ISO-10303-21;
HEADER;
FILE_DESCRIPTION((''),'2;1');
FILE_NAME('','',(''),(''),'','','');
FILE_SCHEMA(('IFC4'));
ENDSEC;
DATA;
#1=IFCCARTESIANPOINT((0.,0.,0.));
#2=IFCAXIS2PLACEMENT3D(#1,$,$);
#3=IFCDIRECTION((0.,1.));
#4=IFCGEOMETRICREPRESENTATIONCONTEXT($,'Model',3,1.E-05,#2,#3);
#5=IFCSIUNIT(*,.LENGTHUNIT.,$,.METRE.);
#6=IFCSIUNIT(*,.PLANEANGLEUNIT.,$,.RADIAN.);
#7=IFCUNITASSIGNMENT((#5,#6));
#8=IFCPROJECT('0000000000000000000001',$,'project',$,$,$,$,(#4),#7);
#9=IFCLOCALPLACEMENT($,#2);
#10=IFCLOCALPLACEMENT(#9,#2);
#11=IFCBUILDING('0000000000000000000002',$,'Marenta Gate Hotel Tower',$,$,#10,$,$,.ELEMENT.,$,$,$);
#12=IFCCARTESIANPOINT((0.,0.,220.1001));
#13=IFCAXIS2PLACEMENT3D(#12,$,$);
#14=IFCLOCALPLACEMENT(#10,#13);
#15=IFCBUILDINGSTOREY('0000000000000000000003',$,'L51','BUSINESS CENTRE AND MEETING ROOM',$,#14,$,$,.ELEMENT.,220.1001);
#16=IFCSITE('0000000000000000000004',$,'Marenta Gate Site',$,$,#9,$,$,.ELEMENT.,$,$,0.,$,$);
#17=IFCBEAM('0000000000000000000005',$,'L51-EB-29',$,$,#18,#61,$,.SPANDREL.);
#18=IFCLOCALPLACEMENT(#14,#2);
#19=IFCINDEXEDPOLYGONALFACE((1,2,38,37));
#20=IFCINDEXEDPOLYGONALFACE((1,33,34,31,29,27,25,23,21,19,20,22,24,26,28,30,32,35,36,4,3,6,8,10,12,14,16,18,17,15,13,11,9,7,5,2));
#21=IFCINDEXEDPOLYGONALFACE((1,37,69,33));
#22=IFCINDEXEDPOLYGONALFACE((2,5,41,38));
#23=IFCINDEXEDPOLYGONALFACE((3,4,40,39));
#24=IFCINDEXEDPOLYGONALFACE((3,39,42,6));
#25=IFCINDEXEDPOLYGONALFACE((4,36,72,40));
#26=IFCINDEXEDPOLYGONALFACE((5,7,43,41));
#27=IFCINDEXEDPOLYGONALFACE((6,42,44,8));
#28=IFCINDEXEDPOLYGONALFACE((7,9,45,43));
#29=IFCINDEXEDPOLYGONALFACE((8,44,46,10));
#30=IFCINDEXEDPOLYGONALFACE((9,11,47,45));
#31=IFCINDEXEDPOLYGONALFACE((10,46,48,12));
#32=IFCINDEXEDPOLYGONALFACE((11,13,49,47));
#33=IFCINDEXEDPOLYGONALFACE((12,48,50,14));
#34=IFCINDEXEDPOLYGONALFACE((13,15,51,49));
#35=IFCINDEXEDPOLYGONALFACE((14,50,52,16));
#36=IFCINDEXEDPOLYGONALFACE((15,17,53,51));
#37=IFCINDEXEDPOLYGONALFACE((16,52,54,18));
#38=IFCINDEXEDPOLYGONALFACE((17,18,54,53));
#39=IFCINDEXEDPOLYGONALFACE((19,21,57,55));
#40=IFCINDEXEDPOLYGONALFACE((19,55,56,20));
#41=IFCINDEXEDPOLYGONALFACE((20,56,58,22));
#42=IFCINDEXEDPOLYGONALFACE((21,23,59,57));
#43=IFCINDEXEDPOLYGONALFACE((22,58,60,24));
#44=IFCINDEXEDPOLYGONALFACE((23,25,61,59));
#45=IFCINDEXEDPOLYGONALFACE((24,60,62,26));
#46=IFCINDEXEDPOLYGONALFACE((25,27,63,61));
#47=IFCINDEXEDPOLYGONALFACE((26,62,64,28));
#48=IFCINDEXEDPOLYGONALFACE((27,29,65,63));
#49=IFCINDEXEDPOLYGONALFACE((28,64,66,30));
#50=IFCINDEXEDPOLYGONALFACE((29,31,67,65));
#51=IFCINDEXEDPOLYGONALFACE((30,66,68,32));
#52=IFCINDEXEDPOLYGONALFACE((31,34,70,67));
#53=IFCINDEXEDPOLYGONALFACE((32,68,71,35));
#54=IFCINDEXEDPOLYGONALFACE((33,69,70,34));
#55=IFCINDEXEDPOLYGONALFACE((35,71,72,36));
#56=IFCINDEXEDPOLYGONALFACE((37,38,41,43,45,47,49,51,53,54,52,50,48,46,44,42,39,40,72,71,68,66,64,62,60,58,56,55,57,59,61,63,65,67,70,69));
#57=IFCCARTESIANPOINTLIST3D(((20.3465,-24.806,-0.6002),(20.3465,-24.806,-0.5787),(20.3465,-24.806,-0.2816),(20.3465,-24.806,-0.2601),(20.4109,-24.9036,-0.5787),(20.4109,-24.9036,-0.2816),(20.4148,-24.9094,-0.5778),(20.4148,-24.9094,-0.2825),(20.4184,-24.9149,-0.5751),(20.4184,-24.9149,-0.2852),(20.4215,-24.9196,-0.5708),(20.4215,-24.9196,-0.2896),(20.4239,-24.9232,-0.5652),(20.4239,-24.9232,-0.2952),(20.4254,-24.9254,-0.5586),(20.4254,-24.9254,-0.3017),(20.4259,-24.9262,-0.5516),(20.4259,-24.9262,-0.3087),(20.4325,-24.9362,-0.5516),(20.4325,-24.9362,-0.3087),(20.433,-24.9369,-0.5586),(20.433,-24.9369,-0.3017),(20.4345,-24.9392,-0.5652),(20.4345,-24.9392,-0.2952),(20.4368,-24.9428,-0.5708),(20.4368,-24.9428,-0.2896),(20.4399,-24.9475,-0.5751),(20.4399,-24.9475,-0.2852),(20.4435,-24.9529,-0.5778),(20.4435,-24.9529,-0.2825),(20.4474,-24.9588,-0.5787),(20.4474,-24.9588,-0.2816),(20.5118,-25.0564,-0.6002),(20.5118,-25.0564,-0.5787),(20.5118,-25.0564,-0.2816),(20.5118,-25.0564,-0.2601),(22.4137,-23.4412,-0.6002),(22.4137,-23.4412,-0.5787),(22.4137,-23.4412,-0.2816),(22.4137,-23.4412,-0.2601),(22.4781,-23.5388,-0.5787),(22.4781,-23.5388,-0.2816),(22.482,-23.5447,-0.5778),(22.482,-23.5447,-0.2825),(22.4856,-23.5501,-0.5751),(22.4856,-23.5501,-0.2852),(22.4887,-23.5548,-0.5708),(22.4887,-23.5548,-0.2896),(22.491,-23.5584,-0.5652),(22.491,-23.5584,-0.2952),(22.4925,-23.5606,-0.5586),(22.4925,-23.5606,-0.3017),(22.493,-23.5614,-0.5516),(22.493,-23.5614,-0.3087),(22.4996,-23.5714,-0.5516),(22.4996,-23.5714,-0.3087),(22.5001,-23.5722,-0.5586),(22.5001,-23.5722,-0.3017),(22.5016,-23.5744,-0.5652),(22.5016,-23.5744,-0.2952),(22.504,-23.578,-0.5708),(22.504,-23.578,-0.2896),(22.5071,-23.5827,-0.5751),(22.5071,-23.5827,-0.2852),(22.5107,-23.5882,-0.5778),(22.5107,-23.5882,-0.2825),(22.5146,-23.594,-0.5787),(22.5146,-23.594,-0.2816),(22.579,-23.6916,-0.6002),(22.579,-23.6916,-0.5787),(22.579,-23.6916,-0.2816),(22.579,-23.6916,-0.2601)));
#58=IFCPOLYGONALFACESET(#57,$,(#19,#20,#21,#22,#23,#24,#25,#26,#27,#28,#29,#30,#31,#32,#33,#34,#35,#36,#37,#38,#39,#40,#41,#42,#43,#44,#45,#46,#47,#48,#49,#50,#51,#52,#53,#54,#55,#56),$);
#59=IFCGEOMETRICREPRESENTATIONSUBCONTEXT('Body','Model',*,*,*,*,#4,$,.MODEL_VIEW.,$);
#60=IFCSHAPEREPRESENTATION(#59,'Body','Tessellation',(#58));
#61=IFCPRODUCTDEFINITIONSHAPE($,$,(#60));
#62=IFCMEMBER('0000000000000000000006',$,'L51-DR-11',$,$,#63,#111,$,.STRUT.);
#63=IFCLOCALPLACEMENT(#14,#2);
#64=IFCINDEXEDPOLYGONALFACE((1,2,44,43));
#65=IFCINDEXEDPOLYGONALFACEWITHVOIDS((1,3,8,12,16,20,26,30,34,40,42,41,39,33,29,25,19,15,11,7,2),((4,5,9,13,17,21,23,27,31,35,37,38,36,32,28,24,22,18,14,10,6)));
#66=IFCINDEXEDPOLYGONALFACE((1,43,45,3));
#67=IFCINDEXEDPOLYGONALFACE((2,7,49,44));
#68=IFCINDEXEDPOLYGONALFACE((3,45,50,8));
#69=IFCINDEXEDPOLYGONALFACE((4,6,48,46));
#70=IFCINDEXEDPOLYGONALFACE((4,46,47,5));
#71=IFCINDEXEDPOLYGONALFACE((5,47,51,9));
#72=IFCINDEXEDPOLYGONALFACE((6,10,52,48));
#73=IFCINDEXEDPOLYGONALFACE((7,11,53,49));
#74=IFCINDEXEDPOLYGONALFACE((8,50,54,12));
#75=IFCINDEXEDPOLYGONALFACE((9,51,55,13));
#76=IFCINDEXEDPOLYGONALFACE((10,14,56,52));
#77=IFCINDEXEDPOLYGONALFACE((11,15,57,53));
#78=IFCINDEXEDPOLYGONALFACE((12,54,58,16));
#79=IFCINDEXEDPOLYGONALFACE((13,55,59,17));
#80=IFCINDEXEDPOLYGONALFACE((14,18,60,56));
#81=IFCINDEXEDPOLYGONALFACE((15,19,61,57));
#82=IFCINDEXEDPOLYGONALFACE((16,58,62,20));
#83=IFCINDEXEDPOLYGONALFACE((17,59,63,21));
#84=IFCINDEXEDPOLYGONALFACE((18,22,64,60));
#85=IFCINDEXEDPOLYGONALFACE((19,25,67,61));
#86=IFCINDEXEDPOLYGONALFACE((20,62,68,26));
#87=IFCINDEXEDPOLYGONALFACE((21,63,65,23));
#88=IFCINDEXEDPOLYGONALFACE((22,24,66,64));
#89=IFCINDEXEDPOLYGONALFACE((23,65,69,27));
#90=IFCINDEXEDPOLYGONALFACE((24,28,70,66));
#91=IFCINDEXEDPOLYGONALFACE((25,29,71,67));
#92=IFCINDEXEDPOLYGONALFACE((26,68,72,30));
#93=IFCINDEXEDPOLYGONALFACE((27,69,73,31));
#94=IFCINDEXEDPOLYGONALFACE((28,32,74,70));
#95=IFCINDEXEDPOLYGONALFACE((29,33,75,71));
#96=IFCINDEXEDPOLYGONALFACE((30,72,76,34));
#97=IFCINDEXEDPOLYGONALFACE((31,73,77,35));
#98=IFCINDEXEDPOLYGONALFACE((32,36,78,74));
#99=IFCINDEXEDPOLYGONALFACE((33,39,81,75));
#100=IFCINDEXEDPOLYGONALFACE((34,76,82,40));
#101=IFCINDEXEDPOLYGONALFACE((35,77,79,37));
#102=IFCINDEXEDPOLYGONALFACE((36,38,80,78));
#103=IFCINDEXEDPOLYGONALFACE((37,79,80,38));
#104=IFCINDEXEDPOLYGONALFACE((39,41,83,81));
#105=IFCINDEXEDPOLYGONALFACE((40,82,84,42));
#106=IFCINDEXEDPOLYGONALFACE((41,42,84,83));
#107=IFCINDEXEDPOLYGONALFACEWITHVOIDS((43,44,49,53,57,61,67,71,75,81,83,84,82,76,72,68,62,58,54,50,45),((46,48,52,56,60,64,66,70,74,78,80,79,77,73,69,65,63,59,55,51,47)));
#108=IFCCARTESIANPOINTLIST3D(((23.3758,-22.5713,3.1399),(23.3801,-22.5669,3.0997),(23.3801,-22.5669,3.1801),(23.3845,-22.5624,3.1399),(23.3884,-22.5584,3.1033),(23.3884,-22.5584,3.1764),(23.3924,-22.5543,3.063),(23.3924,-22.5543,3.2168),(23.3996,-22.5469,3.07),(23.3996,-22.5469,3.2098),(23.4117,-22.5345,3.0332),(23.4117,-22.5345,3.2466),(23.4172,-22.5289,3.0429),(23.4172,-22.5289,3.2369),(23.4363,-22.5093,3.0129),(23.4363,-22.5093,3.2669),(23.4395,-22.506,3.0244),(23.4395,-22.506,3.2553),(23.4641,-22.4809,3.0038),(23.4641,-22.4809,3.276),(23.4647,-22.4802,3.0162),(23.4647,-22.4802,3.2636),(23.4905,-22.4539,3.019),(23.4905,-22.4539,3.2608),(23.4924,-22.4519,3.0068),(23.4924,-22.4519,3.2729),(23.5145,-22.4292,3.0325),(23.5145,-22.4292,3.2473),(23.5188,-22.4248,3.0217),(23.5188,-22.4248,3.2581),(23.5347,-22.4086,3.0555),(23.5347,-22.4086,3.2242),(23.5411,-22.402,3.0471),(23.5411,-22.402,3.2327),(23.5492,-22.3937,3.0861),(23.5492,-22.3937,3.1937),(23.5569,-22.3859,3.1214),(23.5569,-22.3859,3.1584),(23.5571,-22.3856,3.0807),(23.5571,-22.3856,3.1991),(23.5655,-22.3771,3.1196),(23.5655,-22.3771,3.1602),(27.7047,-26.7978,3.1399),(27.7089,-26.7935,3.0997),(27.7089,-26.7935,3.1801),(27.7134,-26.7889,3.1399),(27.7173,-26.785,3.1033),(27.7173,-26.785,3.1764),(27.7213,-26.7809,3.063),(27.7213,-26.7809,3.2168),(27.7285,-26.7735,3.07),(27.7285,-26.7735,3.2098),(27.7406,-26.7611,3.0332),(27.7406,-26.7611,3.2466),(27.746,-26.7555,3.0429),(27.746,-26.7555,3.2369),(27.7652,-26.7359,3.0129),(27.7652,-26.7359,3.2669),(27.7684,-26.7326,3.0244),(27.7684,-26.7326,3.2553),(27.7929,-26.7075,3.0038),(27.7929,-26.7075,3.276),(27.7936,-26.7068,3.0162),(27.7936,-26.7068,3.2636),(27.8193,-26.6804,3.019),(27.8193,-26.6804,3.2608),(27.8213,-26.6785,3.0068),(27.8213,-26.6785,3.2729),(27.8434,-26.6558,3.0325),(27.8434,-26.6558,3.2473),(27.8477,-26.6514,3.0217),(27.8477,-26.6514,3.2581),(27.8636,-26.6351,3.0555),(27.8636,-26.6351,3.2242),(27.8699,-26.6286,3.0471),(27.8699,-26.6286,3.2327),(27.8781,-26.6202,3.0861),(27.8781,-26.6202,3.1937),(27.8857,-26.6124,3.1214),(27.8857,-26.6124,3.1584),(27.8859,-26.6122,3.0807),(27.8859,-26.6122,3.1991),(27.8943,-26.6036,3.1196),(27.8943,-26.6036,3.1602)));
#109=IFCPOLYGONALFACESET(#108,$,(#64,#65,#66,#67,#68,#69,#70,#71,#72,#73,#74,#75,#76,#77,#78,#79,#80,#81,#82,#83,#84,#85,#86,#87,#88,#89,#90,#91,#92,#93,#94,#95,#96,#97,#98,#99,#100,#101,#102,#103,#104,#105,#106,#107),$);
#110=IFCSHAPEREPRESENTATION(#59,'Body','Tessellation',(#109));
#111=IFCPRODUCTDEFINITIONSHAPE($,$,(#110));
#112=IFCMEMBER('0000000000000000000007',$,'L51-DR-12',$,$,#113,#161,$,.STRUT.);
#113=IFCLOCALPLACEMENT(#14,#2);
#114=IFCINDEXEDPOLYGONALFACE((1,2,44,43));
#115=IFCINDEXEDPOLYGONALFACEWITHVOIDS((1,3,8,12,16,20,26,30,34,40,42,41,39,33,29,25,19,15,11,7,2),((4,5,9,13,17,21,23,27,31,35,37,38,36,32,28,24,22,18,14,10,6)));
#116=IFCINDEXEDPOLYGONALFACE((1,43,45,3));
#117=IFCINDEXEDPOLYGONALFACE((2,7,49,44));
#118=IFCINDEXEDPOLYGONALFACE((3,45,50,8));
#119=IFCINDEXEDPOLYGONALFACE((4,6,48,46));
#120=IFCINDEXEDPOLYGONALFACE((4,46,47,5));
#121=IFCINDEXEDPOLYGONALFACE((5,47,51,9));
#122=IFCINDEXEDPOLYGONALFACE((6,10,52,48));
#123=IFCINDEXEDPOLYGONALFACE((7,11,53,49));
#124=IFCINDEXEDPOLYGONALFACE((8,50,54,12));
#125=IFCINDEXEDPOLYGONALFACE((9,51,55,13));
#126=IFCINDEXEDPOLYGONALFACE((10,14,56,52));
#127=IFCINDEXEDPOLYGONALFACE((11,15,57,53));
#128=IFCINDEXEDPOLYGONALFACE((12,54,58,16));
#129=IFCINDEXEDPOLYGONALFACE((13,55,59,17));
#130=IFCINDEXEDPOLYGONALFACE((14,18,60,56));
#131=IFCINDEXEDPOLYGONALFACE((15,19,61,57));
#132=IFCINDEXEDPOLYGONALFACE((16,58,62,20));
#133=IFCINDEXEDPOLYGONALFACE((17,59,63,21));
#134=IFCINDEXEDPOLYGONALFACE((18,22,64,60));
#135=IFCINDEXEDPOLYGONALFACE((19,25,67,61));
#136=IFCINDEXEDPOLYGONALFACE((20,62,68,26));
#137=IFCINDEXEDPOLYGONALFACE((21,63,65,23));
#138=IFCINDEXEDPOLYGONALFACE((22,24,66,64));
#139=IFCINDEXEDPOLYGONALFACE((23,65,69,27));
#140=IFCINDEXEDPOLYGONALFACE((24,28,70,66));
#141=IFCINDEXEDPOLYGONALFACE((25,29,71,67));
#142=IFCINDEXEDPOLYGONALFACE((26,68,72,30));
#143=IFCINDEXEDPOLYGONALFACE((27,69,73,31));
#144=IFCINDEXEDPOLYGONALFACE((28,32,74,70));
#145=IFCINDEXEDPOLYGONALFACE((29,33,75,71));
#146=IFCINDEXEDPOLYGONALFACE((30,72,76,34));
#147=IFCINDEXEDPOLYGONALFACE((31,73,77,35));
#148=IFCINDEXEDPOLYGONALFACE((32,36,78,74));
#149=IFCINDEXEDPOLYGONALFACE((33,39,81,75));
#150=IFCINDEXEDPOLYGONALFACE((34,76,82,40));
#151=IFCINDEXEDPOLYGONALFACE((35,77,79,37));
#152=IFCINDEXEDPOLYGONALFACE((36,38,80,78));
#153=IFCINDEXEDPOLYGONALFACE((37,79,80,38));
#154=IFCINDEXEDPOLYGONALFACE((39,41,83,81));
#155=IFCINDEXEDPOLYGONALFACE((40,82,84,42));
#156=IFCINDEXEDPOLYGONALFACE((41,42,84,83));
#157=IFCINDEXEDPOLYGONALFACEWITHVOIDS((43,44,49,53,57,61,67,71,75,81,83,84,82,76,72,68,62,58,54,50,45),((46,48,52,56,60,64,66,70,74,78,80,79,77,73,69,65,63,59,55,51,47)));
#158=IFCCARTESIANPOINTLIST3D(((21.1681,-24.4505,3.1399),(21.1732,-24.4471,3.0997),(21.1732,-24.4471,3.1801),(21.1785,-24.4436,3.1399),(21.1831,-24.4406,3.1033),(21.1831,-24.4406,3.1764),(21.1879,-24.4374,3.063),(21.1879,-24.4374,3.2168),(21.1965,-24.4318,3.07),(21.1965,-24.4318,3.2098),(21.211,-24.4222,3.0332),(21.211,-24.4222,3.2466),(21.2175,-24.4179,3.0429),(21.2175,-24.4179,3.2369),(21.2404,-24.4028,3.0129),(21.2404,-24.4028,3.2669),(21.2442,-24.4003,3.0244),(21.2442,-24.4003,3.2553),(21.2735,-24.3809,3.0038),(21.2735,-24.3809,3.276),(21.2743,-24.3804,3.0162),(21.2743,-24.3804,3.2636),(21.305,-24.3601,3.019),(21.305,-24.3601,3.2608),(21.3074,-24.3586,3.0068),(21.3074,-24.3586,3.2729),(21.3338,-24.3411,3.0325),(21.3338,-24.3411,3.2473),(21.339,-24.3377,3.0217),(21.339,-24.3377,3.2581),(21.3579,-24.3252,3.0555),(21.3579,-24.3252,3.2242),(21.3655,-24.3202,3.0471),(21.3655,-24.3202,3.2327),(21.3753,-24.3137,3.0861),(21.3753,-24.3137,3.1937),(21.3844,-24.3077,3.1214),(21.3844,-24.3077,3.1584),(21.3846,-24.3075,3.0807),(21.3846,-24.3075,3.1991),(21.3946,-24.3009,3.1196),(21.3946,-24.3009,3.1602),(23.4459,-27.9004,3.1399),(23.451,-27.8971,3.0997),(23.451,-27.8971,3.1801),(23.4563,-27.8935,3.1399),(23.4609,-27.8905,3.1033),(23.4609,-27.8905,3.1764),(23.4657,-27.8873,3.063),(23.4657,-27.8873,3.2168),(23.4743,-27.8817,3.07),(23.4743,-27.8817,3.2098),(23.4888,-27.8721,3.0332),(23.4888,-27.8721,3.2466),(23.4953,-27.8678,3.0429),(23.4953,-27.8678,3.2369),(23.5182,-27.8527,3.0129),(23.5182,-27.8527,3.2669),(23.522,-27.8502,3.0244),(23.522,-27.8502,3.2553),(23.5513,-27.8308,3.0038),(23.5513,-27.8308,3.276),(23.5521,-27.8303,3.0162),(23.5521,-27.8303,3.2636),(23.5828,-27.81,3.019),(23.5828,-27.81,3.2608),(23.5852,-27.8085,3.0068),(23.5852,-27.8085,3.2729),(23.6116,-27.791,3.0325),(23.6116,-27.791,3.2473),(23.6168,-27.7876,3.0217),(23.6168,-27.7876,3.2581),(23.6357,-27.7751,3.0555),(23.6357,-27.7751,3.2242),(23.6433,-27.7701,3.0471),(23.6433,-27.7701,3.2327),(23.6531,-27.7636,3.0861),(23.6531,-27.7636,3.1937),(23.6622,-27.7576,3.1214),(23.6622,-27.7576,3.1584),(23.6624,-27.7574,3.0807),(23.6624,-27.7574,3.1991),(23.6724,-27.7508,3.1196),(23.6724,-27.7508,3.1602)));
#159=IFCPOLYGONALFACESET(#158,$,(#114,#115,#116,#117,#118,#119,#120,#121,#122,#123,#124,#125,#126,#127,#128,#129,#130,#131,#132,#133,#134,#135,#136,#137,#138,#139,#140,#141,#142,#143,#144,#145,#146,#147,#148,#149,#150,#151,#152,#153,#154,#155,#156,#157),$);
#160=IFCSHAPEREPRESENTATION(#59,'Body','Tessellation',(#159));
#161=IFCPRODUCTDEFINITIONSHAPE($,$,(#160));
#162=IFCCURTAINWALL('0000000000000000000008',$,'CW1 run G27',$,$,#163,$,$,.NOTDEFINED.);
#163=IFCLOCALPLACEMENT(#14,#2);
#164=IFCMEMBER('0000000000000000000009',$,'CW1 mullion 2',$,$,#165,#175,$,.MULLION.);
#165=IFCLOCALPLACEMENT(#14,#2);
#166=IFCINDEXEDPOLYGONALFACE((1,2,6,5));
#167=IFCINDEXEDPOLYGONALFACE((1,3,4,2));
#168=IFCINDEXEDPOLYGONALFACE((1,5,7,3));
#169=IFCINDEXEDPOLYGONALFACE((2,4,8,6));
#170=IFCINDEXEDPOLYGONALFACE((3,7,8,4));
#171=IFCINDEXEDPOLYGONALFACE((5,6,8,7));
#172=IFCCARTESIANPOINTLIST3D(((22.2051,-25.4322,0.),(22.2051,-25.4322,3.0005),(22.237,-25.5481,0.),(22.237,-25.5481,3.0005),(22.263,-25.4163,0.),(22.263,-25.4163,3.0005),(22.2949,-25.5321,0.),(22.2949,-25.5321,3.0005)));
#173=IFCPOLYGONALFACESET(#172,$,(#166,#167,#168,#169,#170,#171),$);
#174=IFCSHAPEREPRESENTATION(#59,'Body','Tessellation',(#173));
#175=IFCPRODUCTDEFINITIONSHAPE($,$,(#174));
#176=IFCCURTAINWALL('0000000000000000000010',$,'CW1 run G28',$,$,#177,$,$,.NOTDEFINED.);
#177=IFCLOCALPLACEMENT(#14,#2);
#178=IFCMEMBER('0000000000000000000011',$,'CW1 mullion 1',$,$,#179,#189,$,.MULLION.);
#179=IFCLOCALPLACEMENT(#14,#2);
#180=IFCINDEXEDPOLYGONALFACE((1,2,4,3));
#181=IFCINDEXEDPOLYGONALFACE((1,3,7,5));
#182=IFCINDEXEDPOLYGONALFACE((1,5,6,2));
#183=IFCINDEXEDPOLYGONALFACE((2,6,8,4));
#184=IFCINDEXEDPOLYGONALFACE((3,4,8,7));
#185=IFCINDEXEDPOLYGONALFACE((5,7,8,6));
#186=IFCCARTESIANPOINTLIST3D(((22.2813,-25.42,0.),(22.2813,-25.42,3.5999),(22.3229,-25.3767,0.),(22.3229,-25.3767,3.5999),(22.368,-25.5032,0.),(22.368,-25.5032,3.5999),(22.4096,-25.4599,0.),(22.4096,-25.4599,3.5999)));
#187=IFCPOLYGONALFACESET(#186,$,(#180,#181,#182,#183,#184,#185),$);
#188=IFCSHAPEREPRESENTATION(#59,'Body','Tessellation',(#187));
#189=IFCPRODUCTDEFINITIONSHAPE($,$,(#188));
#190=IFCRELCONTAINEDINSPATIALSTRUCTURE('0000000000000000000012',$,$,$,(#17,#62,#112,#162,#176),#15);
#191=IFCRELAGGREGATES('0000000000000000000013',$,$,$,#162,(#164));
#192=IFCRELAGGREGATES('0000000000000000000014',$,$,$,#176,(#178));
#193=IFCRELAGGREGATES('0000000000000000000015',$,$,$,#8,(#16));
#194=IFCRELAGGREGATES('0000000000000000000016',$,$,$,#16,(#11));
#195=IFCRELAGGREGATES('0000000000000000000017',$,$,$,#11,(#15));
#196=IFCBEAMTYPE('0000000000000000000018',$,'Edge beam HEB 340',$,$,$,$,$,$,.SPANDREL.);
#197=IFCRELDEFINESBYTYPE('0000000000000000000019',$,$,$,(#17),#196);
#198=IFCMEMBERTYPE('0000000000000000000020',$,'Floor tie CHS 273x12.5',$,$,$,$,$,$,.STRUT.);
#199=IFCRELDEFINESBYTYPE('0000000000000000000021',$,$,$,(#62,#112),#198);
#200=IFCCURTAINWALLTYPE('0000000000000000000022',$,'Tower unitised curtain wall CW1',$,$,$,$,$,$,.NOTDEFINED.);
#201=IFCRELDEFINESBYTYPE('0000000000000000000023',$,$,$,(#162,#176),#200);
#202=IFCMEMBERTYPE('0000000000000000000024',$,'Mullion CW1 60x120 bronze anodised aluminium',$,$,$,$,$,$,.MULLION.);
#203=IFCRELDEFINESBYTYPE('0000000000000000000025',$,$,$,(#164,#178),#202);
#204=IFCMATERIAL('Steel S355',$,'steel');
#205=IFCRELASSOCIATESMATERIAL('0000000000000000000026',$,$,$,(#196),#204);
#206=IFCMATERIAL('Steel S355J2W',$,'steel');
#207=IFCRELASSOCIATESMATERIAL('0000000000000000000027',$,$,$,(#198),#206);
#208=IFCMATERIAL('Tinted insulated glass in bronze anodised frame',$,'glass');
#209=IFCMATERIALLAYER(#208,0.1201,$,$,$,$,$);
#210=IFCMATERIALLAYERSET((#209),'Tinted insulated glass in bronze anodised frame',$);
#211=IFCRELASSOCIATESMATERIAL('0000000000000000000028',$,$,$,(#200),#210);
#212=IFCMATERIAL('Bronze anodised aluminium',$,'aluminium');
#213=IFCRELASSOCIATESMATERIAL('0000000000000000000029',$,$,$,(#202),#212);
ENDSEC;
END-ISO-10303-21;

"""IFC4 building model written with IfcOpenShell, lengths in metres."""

from ifc_helpers import new_model, si_unit, direction, frame, origin, origin_2d, place, context, subcontext, project, spatial, rectangle, hollow_circle, i_section, extrude, material, layer, layer_set, material_profile, profile_set, type_object, element, aggregate, save


model = new_model("IFC4")

# Units and contexts
model_context = context("Model", 3, precision=1e-05, world=origin(), true_north=direction((0.0, 1.0)))
body_context = subcontext(model_context, "Body", "Model", "MODEL_VIEW")
ifc_project = project(units=[si_unit("LENGTHUNIT", "METRE"), si_unit("PLANEANGLEUNIT", "RADIAN")], contexts=[model_context])

# Site, building, storey
site_placement = place(None, origin())
site = spatial("IfcSite", under=ifc_project, at=site_placement, Name="Marenta Gate Site", CompositionType="ELEMENT", RefElevation=0.0)
building_placement = place(site_placement, origin())
building = spatial("IfcBuilding", under=site, at=building_placement, Name="Marenta Gate Hotel Tower", CompositionType="ELEMENT")
storey_placement = place(building_placement, frame((0.0, 0.0, 220.1001)))
storey = spatial("IfcBuildingStorey", under=building, at=storey_placement, Name="L51", Description="BUSINESS CENTRE AND MEETING ROOM", CompositionType="ELEMENT", Elevation=220.1001)

# Beam
ifc_material_1 = material(Name="Steel S355", Category="steel")
ifc_material_profile_1 = material_profile(ifc_material_1, i_section(OverallWidth=0.3, OverallDepth=0.3401, WebThickness=0.012, FlangeThickness=0.0215, FilletRadius=0.0271, at=origin_2d()), Name="HEB 340")
ifc_profile_set_1 = profile_set([ifc_material_profile_1], Name="Steel S355")
beam_type = type_object("IfcBeamType", Name="Edge beam HEB 340", PredefinedType="SPANDREL", material=ifc_profile_set_1)
beam_placement = place(storey_placement, frame((22.4963, -23.5664, -0.4302), z_axis=(-0.834529, -0.550964, 0.0), x_axis=(0.550964, -0.834529, 0.0)))
element("IfcBeam", 1, at=beam_placement, inside=storey, type_object=beam_type, Name="L51-EB-29", PredefinedType="SPANDREL", context=body_context, shape_type="SweptSolid", body=[
    extrude(i_section(OverallWidth=0.3, OverallDepth=0.3401, WebThickness=0.012, FlangeThickness=0.0215, FilletRadius=0.0271, at=origin_2d()), origin(), (0.0, 0.0, 1.0), 2.4771),
])

# Members
ifc_material_2 = material(Name="Steel S355J2W", Category="steel")
ifc_material_profile_2 = material_profile(ifc_material_2, hollow_circle(Radius=0.1365, WallThickness=0.0125, at=origin_2d()), Name="CHS 273x12.5")
ifc_profile_set_2 = profile_set([ifc_material_profile_2], Name="Steel S355J2W")
member_type_1 = type_object("IfcMemberType", Name="Floor tie CHS 273x12.5", PredefinedType="STRUT", material=ifc_profile_set_2)
member_1_placement = place(storey_placement, frame((27.8, -26.7002, 3.1399), z_axis=(-0.71551, 0.698602, 0.0), x_axis=(-0.698602, -0.71551, 0.0)))
element("IfcMember", 2, at=member_1_placement, inside=storey, type_object=member_type_1, Name="L51-DR-11", PredefinedType="STRUT", context=body_context, shape_type="SweptSolid", body=[
    extrude(hollow_circle(Radius=0.1365, WallThickness=0.0125, at=origin_2d()), origin(), (0.0, 0.0, 1.0), 6.05),
])
member_2_placement = place(storey_placement, frame((23.5598, -27.8252, 3.1399), z_axis=(-0.550988, 0.834513, 0.0), x_axis=(-0.834513, -0.550988, 0.0)))
element("IfcMember", 3, at=member_2_placement, inside=storey, type_object=member_type_1, Name="L51-DR-12", PredefinedType="STRUT", context=body_context, shape_type="SweptSolid", body=[
    extrude(hollow_circle(Radius=0.1365, WallThickness=0.0125, at=origin_2d()), origin(), (0.0, 0.0, 1.0), 4.134),
])

# Curtain walls, members
ifc_material_3 = material(Name="Tinted insulated glass in bronze anodised frame", Category="glass")
ifc_layer_1 = layer(ifc_material_3, 0.1201)
ifc_layer_set_1 = layer_set([ifc_layer_1], Name="Tinted insulated glass in bronze anodised frame")
curtain_wall_type = type_object("IfcCurtainWallType", Name="Tower unitised curtain wall CW1", PredefinedType="NOTDEFINED", material=ifc_layer_set_1)
curtain_wall_1_placement = place(storey_placement, origin())
curtain_wall_1 = element("IfcCurtainWall", 4, at=curtain_wall_1_placement, inside=storey, type_object=curtain_wall_type, Name="CW1 run G27", PredefinedType="NOTDEFINED")
ifc_material_4 = material(Name="Bronze anodised aluminium", Category="aluminium")
ifc_material_profile_3 = material_profile(ifc_material_4, rectangle(XDim=0.1201, YDim=0.0601, at=origin_2d()), Name="Mullion CW1 60x120 bronze anodised aluminium")
ifc_profile_set_3 = profile_set([ifc_material_profile_3], Name="Bronze anodised aluminium")
member_type_2 = type_object("IfcMemberType", Name="Mullion CW1 60x120 bronze anodised aluminium", PredefinedType="MULLION", material=ifc_profile_set_3)
member_3_placement = place(storey_placement, frame((22.25, -25.4822, 0.0), z_axis=(0.0, 0.0, 1.0), x_axis=(-0.265283, 0.964171, 0.0)))
member_3 = element("IfcMember", 5, at=member_3_placement, type_object=member_type_2, Name="CW1 mullion 2", PredefinedType="MULLION", context=body_context, shape_type="SweptSolid", body=[
    extrude(rectangle(XDim=0.1201, YDim=0.0601, at=origin_2d()), origin(), (0.0, 0.0, 1.0), 3.0005),
])
aggregate(curtain_wall_1, [member_3])
curtain_wall_2_placement = place(storey_placement, origin())
curtain_wall_2 = element("IfcCurtainWall", 6, at=curtain_wall_2_placement, inside=storey, type_object=curtain_wall_type, Name="CW1 run G28", PredefinedType="NOTDEFINED")
member_4_placement = place(storey_placement, frame((22.3455, -25.4399, 0.0), z_axis=(0.0, 0.0, 1.0), x_axis=(-0.721375, 0.692545, 0.0)))
member_4 = element("IfcMember", 7, at=member_4_placement, type_object=member_type_2, Name="CW1 mullion 1", PredefinedType="MULLION", context=body_context, shape_type="SweptSolid", body=[
    extrude(rectangle(XDim=0.1201, YDim=0.0601, at=origin_2d()), origin(), (0.0, 0.0, 1.0), 3.5999),
])

aggregate(curtain_wall_2, [member_4])

save(model, "model.ifc")
